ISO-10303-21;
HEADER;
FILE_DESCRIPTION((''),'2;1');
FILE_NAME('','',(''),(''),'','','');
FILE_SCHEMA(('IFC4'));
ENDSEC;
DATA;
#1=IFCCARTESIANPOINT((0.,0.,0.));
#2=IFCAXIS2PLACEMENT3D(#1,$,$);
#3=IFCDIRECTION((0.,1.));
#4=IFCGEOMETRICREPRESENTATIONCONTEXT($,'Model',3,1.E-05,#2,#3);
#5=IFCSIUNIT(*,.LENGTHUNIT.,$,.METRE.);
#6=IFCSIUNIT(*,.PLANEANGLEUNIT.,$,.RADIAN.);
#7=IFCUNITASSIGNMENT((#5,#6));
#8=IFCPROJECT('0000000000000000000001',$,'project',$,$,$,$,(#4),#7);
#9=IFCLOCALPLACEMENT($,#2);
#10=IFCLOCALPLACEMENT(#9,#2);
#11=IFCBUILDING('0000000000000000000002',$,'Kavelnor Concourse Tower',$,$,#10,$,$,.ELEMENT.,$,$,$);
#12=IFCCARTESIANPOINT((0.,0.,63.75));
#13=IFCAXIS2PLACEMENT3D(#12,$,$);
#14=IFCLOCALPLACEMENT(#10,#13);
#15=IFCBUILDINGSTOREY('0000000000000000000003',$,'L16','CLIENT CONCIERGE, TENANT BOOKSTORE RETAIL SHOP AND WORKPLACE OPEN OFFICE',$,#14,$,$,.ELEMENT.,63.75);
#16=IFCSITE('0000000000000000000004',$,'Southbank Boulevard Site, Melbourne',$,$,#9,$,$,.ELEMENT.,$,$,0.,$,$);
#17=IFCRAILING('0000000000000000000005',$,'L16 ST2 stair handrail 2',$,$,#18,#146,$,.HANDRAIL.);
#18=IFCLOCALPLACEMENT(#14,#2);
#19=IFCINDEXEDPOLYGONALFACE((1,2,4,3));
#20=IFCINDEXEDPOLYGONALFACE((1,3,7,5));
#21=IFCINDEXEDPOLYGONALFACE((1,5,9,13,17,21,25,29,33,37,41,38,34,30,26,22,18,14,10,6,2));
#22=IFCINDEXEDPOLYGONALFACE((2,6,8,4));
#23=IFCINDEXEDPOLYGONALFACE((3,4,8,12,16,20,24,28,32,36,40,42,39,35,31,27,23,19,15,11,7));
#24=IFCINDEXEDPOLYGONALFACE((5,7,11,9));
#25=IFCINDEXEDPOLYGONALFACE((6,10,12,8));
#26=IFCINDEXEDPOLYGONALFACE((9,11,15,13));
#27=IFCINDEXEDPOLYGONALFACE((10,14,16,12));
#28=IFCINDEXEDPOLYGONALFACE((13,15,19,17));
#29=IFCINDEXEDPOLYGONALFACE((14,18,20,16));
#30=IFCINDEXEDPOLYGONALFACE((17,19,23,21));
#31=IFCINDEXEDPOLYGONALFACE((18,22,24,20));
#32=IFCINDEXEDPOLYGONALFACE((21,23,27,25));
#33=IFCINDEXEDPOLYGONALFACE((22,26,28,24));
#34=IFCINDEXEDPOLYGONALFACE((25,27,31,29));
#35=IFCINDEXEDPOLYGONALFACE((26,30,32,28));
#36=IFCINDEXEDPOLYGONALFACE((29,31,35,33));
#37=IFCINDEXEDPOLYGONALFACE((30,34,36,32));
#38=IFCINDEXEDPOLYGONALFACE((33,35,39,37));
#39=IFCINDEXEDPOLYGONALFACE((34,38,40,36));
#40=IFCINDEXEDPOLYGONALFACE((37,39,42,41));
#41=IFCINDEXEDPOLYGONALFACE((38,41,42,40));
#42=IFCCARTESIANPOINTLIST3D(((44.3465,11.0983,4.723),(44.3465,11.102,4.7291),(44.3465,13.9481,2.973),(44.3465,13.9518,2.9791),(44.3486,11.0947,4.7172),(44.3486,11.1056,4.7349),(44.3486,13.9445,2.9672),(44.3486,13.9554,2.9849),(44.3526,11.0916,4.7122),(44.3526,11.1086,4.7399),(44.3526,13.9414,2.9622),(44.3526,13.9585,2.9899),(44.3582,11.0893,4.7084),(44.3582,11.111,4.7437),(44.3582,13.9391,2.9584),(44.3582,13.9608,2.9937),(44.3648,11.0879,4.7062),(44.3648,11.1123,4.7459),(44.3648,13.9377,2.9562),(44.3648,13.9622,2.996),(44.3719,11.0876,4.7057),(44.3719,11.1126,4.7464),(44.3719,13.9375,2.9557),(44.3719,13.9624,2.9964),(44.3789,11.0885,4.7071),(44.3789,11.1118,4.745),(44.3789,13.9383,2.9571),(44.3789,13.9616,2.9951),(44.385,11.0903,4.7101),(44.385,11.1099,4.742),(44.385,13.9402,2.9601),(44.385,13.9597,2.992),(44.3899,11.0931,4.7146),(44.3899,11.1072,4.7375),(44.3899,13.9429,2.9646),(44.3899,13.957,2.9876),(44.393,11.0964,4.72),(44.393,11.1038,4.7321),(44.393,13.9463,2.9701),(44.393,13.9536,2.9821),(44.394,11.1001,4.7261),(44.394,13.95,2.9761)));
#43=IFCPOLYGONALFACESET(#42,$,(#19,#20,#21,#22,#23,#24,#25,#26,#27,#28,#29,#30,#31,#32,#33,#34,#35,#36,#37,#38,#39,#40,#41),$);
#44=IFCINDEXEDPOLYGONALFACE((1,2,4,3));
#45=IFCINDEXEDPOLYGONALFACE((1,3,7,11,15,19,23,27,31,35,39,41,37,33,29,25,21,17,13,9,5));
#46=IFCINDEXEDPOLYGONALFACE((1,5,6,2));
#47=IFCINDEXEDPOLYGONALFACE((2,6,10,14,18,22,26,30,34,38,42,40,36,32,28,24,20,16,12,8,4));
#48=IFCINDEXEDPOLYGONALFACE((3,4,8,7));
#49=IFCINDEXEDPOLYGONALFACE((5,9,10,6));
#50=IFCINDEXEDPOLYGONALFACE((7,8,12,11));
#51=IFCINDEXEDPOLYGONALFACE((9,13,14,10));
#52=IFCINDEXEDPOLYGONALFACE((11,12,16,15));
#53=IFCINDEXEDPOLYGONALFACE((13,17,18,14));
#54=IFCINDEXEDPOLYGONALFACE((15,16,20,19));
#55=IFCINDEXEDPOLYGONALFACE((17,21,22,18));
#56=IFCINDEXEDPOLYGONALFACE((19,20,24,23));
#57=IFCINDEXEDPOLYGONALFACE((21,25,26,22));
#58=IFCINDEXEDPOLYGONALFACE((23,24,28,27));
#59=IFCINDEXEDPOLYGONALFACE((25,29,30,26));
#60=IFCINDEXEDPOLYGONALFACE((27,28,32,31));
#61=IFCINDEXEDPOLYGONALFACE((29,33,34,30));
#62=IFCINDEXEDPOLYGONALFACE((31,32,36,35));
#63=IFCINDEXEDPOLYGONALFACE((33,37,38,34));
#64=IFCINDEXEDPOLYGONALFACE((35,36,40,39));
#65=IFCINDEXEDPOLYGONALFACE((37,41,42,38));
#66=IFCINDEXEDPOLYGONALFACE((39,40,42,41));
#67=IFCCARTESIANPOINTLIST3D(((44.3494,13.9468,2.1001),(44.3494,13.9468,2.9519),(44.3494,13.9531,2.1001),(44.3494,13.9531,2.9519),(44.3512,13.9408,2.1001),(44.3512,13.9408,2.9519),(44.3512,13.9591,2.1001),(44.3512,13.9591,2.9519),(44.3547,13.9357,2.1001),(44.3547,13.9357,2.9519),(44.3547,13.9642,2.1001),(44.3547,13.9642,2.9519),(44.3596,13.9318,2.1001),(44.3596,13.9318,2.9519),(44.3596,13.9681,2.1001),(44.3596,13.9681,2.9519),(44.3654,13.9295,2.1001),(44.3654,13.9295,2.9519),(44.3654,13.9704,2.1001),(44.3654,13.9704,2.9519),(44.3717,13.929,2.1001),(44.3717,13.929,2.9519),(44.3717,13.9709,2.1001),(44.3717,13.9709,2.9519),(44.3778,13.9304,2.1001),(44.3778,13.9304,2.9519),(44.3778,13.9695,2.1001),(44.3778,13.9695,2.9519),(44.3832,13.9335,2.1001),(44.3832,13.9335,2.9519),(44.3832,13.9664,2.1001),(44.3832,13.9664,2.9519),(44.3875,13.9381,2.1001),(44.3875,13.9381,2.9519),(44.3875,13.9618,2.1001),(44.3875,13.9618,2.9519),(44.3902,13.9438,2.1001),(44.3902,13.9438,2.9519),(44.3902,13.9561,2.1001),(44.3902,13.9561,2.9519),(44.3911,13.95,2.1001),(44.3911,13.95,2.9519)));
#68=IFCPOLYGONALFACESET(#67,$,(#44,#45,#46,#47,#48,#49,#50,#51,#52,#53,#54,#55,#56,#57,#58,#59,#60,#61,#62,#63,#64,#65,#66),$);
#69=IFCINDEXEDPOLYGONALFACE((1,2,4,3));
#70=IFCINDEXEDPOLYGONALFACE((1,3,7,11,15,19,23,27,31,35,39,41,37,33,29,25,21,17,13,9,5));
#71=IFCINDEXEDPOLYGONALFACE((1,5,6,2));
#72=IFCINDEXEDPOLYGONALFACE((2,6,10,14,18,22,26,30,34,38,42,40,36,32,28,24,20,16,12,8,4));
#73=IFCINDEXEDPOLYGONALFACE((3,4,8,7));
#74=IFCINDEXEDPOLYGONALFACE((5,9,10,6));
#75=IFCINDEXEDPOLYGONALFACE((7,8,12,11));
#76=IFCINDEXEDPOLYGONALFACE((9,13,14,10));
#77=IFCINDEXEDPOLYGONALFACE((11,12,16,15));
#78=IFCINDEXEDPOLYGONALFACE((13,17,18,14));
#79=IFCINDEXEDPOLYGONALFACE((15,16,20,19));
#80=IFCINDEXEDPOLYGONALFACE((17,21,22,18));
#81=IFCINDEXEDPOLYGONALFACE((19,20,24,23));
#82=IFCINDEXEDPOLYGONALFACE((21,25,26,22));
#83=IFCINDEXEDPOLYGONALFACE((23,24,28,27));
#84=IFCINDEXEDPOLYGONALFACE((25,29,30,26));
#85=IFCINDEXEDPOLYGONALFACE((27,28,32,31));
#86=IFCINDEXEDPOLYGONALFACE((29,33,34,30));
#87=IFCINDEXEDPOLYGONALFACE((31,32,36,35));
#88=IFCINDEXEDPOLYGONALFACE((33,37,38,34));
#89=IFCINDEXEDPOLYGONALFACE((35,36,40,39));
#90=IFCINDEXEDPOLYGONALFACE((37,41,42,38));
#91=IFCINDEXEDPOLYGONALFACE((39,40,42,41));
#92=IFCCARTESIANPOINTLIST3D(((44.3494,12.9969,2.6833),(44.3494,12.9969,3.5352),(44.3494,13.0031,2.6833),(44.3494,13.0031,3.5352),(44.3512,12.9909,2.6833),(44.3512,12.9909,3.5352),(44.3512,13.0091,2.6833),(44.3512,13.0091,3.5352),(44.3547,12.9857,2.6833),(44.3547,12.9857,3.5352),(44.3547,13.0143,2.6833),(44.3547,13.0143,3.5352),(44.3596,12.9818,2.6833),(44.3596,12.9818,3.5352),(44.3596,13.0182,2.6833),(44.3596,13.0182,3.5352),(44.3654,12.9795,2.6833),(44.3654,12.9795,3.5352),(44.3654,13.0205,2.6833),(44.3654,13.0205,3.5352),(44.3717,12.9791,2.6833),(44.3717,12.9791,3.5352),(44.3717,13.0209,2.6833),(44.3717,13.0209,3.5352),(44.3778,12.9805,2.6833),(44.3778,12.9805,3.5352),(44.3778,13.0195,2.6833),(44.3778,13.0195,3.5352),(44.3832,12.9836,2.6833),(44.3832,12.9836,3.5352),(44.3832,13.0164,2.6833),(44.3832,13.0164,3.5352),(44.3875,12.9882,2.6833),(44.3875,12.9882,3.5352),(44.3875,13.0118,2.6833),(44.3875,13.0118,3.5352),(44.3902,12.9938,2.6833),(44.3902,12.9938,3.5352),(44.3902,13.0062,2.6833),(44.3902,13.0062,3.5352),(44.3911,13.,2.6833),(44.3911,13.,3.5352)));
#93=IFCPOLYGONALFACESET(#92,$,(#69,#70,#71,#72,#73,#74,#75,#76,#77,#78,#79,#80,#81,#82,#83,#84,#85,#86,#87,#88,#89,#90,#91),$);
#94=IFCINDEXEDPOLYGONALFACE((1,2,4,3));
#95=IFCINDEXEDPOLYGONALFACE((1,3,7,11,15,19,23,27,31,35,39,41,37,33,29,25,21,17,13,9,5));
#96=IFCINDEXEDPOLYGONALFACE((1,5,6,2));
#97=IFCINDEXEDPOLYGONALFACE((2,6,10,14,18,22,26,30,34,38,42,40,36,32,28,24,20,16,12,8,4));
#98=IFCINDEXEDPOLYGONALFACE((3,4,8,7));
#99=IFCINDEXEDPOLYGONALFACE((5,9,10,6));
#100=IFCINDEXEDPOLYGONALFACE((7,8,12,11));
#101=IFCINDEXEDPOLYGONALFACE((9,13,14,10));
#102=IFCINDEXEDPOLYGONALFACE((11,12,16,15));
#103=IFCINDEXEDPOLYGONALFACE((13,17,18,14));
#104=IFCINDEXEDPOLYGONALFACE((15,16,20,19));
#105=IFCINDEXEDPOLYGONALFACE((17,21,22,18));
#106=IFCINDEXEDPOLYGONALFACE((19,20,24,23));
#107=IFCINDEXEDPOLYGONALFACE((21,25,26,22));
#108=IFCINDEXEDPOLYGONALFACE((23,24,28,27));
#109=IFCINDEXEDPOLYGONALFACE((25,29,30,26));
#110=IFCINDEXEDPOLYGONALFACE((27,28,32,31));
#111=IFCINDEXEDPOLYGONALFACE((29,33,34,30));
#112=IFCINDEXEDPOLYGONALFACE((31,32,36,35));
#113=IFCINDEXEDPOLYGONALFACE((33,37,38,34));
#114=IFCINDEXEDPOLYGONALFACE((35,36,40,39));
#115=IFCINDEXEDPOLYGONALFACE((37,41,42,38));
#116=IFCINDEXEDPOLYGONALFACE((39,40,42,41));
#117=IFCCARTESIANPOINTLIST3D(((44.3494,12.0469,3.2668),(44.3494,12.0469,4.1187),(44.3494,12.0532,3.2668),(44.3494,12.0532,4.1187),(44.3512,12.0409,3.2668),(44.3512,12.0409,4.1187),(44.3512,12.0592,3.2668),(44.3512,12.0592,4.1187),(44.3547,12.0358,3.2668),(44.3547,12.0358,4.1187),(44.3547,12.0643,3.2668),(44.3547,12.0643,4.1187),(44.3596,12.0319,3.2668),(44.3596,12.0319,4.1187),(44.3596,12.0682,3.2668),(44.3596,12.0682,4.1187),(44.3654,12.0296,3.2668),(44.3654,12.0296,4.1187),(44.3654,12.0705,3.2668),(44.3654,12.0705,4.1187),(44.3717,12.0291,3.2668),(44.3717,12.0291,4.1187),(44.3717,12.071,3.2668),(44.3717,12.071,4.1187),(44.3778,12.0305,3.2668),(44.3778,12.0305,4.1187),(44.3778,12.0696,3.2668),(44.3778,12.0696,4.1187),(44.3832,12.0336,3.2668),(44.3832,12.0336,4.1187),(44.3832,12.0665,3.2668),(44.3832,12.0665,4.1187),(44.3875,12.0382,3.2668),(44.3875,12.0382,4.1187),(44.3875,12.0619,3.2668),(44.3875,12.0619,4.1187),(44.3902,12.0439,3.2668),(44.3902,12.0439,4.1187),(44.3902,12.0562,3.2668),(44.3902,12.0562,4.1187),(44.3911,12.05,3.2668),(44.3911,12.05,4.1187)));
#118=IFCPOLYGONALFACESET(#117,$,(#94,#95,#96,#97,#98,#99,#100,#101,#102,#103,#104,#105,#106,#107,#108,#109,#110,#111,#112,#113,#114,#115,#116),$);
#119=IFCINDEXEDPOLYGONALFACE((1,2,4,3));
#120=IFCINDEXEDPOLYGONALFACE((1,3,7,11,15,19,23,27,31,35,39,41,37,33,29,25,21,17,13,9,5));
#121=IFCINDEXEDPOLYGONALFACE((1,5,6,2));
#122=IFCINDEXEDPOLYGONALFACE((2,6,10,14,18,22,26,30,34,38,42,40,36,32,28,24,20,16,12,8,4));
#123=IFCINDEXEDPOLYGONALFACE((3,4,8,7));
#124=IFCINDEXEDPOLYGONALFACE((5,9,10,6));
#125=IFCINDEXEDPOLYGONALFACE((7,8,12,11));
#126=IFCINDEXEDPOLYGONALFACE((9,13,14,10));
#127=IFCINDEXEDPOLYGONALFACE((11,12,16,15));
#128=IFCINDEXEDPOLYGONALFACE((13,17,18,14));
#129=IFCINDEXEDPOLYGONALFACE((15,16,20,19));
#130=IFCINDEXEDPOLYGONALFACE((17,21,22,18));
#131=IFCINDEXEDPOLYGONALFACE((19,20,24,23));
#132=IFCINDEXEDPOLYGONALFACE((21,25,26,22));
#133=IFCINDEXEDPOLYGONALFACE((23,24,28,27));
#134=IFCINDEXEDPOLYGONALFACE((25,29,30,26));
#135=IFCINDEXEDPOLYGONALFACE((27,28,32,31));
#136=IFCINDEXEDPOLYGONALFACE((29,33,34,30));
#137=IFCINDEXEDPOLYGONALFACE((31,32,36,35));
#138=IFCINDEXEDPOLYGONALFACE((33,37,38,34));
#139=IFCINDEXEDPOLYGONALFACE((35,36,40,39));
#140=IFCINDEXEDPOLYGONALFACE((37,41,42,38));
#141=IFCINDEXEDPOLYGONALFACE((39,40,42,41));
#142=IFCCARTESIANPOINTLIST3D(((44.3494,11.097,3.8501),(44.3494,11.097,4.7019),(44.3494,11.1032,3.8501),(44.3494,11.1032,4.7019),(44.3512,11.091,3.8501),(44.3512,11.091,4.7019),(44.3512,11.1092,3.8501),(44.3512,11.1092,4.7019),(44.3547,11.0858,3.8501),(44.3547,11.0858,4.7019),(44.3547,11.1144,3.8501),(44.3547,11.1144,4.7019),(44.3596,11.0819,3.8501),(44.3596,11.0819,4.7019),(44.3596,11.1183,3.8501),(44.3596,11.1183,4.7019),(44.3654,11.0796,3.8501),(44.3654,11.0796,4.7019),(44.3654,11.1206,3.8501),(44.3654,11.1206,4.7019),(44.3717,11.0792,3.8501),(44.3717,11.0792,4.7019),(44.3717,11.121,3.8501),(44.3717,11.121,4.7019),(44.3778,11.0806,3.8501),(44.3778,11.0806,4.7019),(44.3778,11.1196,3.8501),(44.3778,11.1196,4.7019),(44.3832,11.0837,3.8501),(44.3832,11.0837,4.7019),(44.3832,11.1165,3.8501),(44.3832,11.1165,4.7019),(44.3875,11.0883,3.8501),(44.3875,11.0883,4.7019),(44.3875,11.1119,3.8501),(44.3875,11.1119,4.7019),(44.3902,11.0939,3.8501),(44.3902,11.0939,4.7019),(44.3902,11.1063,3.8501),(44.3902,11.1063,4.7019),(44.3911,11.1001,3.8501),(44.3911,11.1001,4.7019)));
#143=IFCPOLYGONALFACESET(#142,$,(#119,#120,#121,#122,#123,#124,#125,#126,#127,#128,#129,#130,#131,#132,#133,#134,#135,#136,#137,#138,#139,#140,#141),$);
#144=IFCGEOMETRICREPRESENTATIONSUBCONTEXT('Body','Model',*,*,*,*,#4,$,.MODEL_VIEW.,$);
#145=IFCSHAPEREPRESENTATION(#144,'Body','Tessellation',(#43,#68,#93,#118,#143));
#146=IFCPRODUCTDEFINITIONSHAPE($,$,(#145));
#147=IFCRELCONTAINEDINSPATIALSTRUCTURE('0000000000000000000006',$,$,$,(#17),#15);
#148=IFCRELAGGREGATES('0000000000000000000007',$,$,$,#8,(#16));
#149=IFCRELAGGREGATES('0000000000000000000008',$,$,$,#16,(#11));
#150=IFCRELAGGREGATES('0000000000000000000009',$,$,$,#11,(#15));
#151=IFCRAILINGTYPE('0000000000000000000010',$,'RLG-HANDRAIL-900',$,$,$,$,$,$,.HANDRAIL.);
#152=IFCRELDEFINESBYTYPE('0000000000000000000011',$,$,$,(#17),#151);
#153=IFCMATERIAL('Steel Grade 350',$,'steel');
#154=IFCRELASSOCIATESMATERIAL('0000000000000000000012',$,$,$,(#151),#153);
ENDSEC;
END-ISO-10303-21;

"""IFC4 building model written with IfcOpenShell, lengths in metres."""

from ifc_helpers import new_model, si_unit, direction, frame, origin, origin_2d, place, context, subcontext, project, spatial, circle, extrude, material, type_object, element, save


model = new_model("IFC4")

# Units and contexts
model_context = context("Model", 3, precision=1e-05, world=origin(), true_north=direction((0.0, 1.0)))
body_context = subcontext(model_context, "Body", "Model", "MODEL_VIEW")
ifc_project = project(units=[si_unit("LENGTHUNIT", "METRE"), si_unit("PLANEANGLEUNIT", "RADIAN")], contexts=[model_context])

# Site, building, storey
site_placement = place(None, origin())
site = spatial("IfcSite", under=ifc_project, at=site_placement, Name="Southbank Boulevard Site, Melbourne", CompositionType="ELEMENT", RefElevation=0.0)
building_placement = place(site_placement, origin())
building = spatial("IfcBuilding", under=site, at=building_placement, Name="Kavelnor Concourse Tower", CompositionType="ELEMENT")
storey_placement = place(building_placement, frame((0.0, 0.0, 63.75)))
storey = spatial("IfcBuildingStorey", under=building, at=storey_placement, Name="L16", Description="CLIENT CONCIERGE, TENANT BOOKSTORE RETAIL SHOP AND WORKPLACE OPEN OFFICE", CompositionType="ELEMENT", Elevation=63.75)

# Shared definitions
ifc_material_1 = material(Name="Steel Grade 350", Category="steel")

# Railing
railing_type_1 = type_object("IfcRailingType", Name="RLG-HANDRAIL-900", PredefinedType="HANDRAIL", material=ifc_material_1)
railing_1_placement = place(storey_placement, frame((44.3701, 13.95, 2.1001)))
element("IfcRailing", 1, at=railing_1_placement, inside=storey, type_object=railing_type_1, Name="L16 ST2 stair handrail 2", PredefinedType="HANDRAIL", context=body_context, shape_type="SweptSolid", body=[
    extrude(circle(Radius=0.0239, at=origin_2d()), frame((0.0, 0.0, 0.876), z_axis=(0.0, -0.852159, 0.523283), x_axis=(1.0, 0.0, 0.0)), (0.0, 0.0, 1.0), 3.3442),
    extrude(circle(Radius=0.021, at=origin_2d()), origin(), (0.0, 0.0, 1.0), 0.8518),
    extrude(circle(Radius=0.021, at=origin_2d()), frame((0.0, -0.95, 0.5833)), (0.0, 0.0, 1.0), 0.8518),
    extrude(circle(Radius=0.021, at=origin_2d()), frame((0.0, -1.8999, 1.1667)), (0.0, 0.0, 1.0), 0.8518),
    extrude(circle(Radius=0.021, at=origin_2d()), frame((0.0, -2.8499, 1.75)), (0.0, 0.0, 1.0), 0.8518),
])

save(model, "model.ifc")
